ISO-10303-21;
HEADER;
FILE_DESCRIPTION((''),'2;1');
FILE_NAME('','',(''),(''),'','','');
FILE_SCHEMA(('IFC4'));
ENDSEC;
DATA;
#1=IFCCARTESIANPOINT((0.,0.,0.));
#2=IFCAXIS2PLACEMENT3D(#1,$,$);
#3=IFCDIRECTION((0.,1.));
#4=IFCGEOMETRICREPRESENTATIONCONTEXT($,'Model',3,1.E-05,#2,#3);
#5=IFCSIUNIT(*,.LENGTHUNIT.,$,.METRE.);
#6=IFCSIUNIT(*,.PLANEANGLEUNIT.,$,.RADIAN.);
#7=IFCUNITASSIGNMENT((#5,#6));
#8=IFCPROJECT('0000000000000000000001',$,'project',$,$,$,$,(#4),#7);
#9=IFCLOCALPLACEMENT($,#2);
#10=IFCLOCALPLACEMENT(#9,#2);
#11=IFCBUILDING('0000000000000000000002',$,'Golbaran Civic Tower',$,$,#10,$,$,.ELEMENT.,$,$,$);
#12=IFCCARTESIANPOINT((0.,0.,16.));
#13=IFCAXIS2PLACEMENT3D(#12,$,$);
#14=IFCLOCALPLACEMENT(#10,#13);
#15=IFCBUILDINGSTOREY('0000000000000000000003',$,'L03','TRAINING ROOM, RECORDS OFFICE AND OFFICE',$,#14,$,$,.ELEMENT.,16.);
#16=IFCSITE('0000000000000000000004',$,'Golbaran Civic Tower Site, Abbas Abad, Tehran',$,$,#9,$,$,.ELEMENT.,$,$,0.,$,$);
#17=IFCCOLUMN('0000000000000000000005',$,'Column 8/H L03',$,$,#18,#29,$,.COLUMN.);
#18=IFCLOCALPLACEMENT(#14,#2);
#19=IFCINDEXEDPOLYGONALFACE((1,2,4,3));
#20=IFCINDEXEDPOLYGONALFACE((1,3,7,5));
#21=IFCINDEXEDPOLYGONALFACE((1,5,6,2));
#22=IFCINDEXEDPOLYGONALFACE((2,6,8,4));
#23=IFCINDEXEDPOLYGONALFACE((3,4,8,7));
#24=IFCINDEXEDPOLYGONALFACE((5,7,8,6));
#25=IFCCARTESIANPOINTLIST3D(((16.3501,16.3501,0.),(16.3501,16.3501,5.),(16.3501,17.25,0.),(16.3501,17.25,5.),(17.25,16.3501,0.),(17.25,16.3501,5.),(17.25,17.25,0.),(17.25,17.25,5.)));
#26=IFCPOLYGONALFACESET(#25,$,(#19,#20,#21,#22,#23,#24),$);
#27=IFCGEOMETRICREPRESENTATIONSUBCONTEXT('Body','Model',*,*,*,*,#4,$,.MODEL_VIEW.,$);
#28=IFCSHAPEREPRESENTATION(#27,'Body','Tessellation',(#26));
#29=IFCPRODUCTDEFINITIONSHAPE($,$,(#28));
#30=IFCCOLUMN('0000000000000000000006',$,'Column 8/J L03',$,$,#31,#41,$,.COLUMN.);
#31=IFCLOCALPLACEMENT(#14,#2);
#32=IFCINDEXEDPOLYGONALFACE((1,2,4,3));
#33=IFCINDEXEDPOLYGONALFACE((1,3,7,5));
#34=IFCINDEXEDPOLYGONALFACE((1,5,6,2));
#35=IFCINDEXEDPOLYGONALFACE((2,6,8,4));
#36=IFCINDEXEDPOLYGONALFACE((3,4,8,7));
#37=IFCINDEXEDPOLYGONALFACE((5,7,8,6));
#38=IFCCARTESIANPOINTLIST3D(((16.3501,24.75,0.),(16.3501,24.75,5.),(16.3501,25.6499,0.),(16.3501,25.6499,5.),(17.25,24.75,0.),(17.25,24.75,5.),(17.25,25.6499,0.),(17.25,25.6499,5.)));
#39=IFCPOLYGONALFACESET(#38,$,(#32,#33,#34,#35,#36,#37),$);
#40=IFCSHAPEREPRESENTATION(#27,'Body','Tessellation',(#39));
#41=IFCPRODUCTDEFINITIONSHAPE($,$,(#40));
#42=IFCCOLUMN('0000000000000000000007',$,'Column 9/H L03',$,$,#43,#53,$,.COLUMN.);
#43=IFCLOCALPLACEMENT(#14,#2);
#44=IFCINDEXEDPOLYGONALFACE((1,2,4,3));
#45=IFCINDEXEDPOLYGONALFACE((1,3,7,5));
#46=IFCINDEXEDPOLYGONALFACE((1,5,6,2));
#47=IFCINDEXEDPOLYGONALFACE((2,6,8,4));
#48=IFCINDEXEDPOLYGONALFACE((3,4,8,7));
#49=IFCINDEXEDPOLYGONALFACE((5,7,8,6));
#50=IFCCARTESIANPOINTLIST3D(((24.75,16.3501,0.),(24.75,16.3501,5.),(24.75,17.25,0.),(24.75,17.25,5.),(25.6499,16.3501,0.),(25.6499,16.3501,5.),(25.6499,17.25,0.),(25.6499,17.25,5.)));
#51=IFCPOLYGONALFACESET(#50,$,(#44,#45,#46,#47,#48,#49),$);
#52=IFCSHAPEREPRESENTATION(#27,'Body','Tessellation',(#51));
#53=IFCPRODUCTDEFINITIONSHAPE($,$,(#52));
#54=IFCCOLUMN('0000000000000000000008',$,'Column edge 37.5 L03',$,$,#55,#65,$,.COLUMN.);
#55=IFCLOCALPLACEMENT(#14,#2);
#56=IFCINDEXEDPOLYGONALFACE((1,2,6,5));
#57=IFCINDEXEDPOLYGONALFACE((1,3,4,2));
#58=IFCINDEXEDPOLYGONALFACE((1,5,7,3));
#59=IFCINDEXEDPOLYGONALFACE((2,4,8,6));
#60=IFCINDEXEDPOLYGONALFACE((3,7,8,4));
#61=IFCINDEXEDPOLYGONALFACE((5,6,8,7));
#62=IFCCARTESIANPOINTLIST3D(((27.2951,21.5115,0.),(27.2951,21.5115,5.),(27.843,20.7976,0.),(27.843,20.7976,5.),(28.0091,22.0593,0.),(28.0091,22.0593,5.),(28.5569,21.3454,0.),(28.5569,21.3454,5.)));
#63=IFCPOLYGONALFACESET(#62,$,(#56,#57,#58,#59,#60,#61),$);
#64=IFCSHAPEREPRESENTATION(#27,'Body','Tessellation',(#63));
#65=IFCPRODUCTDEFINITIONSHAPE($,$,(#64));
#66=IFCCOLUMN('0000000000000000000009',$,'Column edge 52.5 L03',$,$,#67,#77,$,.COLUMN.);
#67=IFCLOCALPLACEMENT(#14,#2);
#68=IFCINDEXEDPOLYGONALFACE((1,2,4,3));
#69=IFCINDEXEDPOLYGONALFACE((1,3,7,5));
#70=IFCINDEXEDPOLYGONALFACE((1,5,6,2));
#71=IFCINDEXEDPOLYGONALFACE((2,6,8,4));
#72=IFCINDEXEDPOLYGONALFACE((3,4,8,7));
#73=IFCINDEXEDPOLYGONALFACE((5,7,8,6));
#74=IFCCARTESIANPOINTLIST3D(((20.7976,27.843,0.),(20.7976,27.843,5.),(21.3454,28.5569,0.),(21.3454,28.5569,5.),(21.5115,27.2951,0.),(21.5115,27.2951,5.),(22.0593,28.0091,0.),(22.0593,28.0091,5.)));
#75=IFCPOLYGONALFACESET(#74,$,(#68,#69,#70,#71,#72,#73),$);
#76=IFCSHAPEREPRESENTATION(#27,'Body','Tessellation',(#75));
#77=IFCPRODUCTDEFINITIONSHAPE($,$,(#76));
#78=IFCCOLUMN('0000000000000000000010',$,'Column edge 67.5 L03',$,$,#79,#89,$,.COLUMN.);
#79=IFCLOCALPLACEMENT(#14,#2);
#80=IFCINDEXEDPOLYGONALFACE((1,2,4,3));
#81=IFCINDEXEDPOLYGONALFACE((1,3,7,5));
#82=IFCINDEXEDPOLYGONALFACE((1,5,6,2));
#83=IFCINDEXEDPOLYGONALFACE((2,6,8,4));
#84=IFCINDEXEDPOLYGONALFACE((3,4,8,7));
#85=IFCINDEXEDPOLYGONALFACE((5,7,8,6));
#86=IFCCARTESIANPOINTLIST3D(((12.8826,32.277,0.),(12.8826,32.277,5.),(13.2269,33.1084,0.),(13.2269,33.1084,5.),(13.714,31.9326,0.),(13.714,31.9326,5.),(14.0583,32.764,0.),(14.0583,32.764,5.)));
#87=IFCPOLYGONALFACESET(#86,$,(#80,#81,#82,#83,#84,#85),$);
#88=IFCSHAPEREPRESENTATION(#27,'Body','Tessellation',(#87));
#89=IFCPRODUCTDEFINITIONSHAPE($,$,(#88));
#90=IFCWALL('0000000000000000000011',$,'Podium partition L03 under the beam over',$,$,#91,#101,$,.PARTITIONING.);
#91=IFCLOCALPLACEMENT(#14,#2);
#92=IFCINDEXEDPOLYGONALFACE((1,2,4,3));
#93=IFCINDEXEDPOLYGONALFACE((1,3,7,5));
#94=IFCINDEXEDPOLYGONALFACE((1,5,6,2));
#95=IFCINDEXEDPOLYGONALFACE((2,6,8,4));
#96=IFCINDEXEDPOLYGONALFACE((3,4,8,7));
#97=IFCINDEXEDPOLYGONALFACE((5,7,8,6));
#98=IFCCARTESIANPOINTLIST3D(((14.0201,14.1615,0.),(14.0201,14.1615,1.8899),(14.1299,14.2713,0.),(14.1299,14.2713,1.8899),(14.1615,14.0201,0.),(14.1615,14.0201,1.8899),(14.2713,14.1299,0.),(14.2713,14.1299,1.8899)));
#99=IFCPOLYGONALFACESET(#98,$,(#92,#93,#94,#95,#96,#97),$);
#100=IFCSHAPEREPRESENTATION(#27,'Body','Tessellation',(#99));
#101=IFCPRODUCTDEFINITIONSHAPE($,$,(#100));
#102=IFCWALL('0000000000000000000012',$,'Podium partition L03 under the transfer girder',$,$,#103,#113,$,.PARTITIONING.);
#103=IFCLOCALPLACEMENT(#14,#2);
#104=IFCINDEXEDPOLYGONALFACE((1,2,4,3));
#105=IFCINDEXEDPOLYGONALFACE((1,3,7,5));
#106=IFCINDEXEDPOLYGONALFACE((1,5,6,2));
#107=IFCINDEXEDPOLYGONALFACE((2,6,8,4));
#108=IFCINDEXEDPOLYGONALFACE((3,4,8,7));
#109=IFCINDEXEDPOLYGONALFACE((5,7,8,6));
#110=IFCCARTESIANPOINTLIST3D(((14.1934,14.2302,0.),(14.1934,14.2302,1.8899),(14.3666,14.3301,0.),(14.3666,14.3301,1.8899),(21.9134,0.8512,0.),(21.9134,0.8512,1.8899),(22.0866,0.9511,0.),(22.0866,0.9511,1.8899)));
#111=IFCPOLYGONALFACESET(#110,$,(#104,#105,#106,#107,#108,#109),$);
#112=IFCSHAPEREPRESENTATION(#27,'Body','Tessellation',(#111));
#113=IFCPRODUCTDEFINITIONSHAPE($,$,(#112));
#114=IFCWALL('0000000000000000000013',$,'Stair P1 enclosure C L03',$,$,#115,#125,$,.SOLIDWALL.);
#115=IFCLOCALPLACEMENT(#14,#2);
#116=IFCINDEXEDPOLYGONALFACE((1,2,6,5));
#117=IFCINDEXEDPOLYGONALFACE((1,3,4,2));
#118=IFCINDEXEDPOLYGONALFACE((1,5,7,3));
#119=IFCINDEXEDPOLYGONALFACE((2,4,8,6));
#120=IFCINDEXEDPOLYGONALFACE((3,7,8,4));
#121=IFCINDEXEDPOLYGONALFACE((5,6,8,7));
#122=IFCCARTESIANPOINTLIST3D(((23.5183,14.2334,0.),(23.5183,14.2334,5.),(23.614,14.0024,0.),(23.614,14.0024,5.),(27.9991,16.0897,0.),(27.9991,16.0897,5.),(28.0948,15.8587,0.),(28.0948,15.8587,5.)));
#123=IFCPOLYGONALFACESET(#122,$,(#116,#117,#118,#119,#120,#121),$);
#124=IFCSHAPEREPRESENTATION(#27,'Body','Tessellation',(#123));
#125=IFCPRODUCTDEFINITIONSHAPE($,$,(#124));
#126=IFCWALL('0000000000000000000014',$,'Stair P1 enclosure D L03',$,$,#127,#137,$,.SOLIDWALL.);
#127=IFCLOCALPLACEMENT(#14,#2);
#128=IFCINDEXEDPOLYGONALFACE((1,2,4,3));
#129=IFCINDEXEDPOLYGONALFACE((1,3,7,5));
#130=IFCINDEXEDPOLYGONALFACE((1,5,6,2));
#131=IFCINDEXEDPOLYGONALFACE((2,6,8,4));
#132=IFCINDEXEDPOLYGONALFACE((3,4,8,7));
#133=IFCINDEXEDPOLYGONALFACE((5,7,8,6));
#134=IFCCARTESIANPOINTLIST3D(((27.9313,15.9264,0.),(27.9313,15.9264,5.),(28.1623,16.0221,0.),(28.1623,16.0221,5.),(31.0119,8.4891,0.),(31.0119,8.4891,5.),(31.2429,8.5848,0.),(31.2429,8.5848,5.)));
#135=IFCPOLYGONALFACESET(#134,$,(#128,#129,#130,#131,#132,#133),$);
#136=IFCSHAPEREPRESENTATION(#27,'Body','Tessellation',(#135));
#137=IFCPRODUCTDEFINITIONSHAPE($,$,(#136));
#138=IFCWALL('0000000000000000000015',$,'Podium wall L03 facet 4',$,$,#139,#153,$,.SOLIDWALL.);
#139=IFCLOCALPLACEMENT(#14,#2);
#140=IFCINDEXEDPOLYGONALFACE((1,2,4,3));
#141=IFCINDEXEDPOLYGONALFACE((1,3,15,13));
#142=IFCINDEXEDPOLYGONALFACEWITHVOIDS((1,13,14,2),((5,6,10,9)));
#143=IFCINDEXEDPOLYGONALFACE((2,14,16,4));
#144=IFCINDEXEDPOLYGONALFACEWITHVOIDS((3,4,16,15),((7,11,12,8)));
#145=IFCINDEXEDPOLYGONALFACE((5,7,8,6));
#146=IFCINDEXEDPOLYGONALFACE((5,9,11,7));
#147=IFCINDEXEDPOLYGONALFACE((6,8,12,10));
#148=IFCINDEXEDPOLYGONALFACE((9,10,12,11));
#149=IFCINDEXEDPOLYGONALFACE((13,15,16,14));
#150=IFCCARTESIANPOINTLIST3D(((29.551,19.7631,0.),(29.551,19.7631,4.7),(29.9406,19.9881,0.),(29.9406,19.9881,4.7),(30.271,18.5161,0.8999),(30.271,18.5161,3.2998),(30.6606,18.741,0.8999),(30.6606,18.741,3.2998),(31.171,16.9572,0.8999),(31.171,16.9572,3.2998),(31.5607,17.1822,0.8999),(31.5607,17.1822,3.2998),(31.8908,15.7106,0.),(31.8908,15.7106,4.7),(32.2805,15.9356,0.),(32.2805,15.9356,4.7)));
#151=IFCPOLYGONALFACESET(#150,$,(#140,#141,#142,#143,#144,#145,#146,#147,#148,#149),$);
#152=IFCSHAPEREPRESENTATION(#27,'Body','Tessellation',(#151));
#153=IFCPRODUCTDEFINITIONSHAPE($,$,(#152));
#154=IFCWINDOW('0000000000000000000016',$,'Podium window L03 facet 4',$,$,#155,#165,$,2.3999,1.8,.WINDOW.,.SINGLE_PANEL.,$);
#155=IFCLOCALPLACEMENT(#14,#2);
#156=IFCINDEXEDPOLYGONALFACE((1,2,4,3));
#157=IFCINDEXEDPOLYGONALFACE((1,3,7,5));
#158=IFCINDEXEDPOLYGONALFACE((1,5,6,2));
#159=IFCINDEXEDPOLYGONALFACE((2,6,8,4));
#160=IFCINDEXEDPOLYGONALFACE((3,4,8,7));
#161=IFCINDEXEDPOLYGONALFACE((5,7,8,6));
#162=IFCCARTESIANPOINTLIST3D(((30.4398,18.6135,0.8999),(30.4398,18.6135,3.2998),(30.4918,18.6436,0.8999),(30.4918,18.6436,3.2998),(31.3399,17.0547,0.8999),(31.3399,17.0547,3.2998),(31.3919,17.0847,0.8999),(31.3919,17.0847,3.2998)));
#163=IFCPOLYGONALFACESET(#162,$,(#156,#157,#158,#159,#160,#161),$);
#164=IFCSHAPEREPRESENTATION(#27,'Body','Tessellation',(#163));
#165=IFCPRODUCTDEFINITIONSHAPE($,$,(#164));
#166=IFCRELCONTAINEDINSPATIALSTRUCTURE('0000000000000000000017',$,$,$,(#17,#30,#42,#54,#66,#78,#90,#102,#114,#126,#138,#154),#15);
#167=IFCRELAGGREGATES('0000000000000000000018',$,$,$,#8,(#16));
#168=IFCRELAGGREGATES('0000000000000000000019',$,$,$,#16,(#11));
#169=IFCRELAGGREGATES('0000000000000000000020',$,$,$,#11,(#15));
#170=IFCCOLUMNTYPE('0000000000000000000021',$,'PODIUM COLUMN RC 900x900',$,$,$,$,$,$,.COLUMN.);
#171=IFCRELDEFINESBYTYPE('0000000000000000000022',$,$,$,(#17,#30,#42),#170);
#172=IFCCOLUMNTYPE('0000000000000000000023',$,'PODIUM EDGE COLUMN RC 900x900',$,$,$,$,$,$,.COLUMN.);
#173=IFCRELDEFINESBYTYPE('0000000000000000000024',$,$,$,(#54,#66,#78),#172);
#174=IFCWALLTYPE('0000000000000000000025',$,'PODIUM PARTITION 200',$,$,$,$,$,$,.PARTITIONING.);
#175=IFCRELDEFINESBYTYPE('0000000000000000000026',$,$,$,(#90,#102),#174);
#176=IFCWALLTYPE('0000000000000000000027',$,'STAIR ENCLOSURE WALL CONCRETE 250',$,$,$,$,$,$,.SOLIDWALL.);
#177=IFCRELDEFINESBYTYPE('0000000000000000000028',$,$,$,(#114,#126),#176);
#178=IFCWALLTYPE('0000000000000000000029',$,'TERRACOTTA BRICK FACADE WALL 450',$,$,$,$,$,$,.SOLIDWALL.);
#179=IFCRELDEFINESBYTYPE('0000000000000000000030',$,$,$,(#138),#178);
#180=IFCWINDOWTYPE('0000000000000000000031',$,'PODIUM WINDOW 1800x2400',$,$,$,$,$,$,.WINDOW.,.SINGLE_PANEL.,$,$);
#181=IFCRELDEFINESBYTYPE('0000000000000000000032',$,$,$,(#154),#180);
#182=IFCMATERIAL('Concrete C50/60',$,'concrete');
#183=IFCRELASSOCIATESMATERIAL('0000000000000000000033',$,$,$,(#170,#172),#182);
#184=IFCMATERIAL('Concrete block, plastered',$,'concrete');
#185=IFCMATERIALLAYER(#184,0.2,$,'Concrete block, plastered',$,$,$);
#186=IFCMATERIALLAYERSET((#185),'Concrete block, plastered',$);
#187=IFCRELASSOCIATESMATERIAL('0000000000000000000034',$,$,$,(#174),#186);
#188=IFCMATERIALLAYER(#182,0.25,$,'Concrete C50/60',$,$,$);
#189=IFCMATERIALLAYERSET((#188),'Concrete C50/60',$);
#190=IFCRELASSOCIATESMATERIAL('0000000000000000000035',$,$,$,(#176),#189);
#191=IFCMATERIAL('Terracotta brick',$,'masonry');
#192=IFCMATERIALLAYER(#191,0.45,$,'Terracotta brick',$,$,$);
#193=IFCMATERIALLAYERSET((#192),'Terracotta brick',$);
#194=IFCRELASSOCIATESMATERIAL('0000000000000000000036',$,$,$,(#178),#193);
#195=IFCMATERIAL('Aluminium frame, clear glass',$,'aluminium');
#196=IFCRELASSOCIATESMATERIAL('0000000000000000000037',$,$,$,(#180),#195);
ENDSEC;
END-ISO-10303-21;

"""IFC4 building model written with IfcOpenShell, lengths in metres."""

from ifc_helpers import new_model, si_unit, direction, frame, frame_2d, origin, origin_2d, place, context, subcontext, project, spatial, rectangle, extrude, material, layer, layer_set, material_profile, profile_set, type_object, element, fill, save


model = new_model("IFC4")

# Units and contexts
model_context = context("Model", 3, precision=1e-05, world=origin(), true_north=direction((0.0, 1.0)))
body_context = subcontext(model_context, "Body", "Model", "MODEL_VIEW")
ifc_project = project(units=[si_unit("LENGTHUNIT", "METRE"), si_unit("PLANEANGLEUNIT", "RADIAN")], contexts=[model_context])

# Site, building, storey
site_placement = place(None, origin())
site = spatial("IfcSite", under=ifc_project, at=site_placement, Name="Golbaran Civic Tower Site, Abbas Abad, Tehran", CompositionType="ELEMENT", RefElevation=0.0)
building_placement = place(site_placement, origin())
building = spatial("IfcBuilding", under=site, at=building_placement, Name="Golbaran Civic Tower", CompositionType="ELEMENT")
storey_placement = place(building_placement, frame((0.0, 0.0, 16.0)))
storey = spatial("IfcBuildingStorey", under=building, at=storey_placement, Name="L03", Description="TRAINING ROOM, RECORDS OFFICE AND OFFICE", CompositionType="ELEMENT", Elevation=16.0)

# Columns
ifc_material_1 = material(Name="Concrete C50/60", Category="concrete")
ifc_material_profile_1 = material_profile(ifc_material_1, rectangle(XDim=0.8999, YDim=0.8999, at=origin_2d()), Name="RC 900x900")
ifc_profile_set_1 = profile_set([ifc_material_profile_1], Name="Concrete C50/60")
column_type_1 = type_object("IfcColumnType", Name="PODIUM COLUMN RC 900x900", PredefinedType="COLUMN", material=ifc_profile_set_1)
for number, where, z_axis, x_axis, name in (
    (1, (16.8, 16.8, 0.0), (0.0, 0.0, 1.0), (1.0, 0.0, 0.0), "Column 8/H L03"),
    (2, (16.8, 25.2, 0.0), (0.0, 0.0, 1.0), (1.0, 0.0, 0.0), "Column 8/J L03"),
    (3, (25.2, 16.8, 0.0), (0.0, 0.0, 1.0), (1.0, 0.0, 0.0), "Column 9/H L03"),
):
    element("IfcColumn", number, at=place(storey_placement, frame(where, z_axis=z_axis, x_axis=x_axis)), inside=storey, type_object=column_type_1, Name=name, PredefinedType="COLUMN", context=body_context, shape_type="SweptSolid", body=[
        extrude(rectangle(XDim=0.8999, YDim=0.8999, at=origin_2d()), origin(), (0.0, 0.0, 1.0), 5.0),
    ])
ifc_material_profile_2 = material_profile(ifc_material_1, rectangle(XDim=0.8999, YDim=0.8999, at=origin_2d()), Name="RC 900x900")
ifc_profile_set_2 = profile_set([ifc_material_profile_2], Name="Concrete C50/60")
column_type_2 = type_object("IfcColumnType", Name="PODIUM EDGE COLUMN RC 900x900", PredefinedType="COLUMN", material=ifc_profile_set_2)
for number, where, z_axis, x_axis, name in (
    (4, (27.926, 21.4285, 0.0), (0.0, 0.0, 1.0), (0.793353, 0.608761, 0.0), "Column edge 37.5 L03"),
    (5, (21.4285, 27.926, 0.0), (0.0, 0.0, 1.0), (0.608761, 0.793353, 0.0), "Column edge 52.5 L03"),
    (6, (13.4705, 32.5205, 0.0), (0.0, 0.0, 1.0), (0.382683, 0.92388, 0.0), "Column edge 67.5 L03"),
):
    element("IfcColumn", number, at=place(storey_placement, frame(where, z_axis=z_axis, x_axis=x_axis)), inside=storey, type_object=column_type_2, Name=name, PredefinedType="COLUMN", context=body_context, shape_type="SweptSolid", body=[
        extrude(rectangle(XDim=0.8999, YDim=0.8999, at=origin_2d()), origin(), (0.0, 0.0, 1.0), 5.0),
    ])

# Walls
ifc_material_2 = material(Name="Concrete block, plastered", Category="concrete")
ifc_layer_1 = layer(ifc_material_2, 0.2, Name="Concrete block, plastered")
ifc_layer_set_1 = layer_set([ifc_layer_1], Name="Concrete block, plastered")
wall_type_1 = type_object("IfcWallType", Name="PODIUM PARTITION 200", PredefinedType="PARTITIONING", material=ifc_layer_set_1)
wall_1_placement = place(storey_placement, frame((14.0908, 14.0908, 0.0), z_axis=(0.0, 0.0, 1.0), x_axis=(0.707107, 0.707107, 0.0)))
element("IfcWall", 7, at=wall_1_placement, inside=storey, type_object=wall_type_1, Name="Podium partition L03 under the beam over", PredefinedType="PARTITIONING", context=body_context, shape_type="SweptSolid", body=[
    extrude(rectangle(XDim=0.1553, YDim=0.2, at=frame_2d((0.0776, 0.0))), origin(), (0.0, 0.0, 1.0), 1.8899),
])
wall_2_placement = place(storey_placement, frame((14.28, 14.28, 0.0), z_axis=(0.0, 0.0, 1.0), x_axis=(0.499789, -0.866147, 0.0)))
element("IfcWall", 8, at=wall_2_placement, inside=storey, type_object=wall_type_1, Name="Podium partition L03 under the transfer girder", PredefinedType="PARTITIONING", context=body_context, shape_type="SweptSolid", body=[
    extrude(rectangle(XDim=15.4465, YDim=0.2, at=frame_2d((7.7231, 0.0))), origin(), (0.0, 0.0, 1.0), 1.8899),
])
ifc_layer_2 = layer(ifc_material_1, 0.25, Name="Concrete C50/60")
ifc_layer_set_2 = layer_set([ifc_layer_2], Name="Concrete C50/60")
wall_type_2 = type_object("IfcWallType", Name="STAIR ENCLOSURE WALL CONCRETE 250", PredefinedType="SOLIDWALL", material=ifc_layer_set_2)
wall_3_placement = place(storey_placement, frame((23.5662, 14.1179, 0.0), z_axis=(0.0, 0.0, 1.0), x_axis=(0.923863, 0.382724, 0.0)))
element("IfcWall", 9, at=wall_3_placement, inside=storey, type_object=wall_type_2, Name="Stair P1 enclosure C L03", PredefinedType="SOLIDWALL", context=body_context, shape_type="SweptSolid", body=[
    extrude(rectangle(XDim=4.8501, YDim=0.25, at=frame_2d((2.425, 0.0))), origin(), (0.0, 0.0, 1.0), 5.0),
])
wall_4_placement = place(storey_placement, frame((28.0469, 15.9741, 0.0), z_axis=(0.0, 0.0, 1.0), x_axis=(0.382679, -0.923882, 0.0)))
element("IfcWall", 10, at=wall_4_placement, inside=storey, type_object=wall_type_2, Name="Stair P1 enclosure D L03", PredefinedType="SOLIDWALL", context=body_context, shape_type="SweptSolid", body=[
    extrude(rectangle(XDim=8.05, YDim=0.25, at=frame_2d((4.0249, 0.0))), origin(), (0.0, 0.0, 1.0), 5.0),
])

# Wall, opening, window
ifc_material_3 = material(Name="Terracotta brick", Category="masonry")
ifc_layer_3 = layer(ifc_material_3, 0.45, Name="Terracotta brick")
ifc_layer_set_3 = layer_set([ifc_layer_3], Name="Terracotta brick")
wall_type_3 = type_object("IfcWallType", Name="TERRACOTTA BRICK FACADE WALL 450", PredefinedType="SOLIDWALL", material=ifc_layer_set_3)
wall_5_placement = place(storey_placement, frame((32.0857, 15.823, 0.0), z_axis=(0.0, 0.0, 1.0), x_axis=(-0.500022, 0.866013, 0.0)))
wall_5 = element("IfcWall", 11, at=wall_5_placement, inside=storey, type_object=wall_type_3, Name="Podium wall L03 facet 4", PredefinedType="SOLIDWALL", context=body_context, shape_type="SweptSolid", body=[
    extrude(rectangle(XDim=4.6794, YDim=0.45, at=frame_2d((2.3398, 0.0))), origin(), (0.0, 0.0, 1.0), 4.7),
])
opening_1_placement = place(wall_5_placement, frame((1.4397, 0.0, 0.8999)))
opening_1 = element("IfcOpeningElement", 12, at=opening_1_placement, cuts=wall_5, PredefinedType="OPENING", context=body_context, shape_type="SweptSolid", body=[
    extrude(rectangle(XDim=1.8, YDim=2.3999, at=frame_2d((0.8999, 1.2))), frame((0.0, 0.2349, 0.0), z_axis=(0.0, -1.0, 0.0), x_axis=(1.0, 0.0, 0.0)), (0.0, 0.0, 1.0), 0.47),
])
ifc_material_4 = material(Name="Aluminium frame, clear glass", Category="aluminium")
window_type_1 = type_object("IfcWindowType", Name="PODIUM WINDOW 1800x2400", PartitioningType="SINGLE_PANEL", PredefinedType="WINDOW", material=ifc_material_4)
window_1_placement = place(opening_1_placement, origin())
window_1 = element("IfcWindow", 13, at=window_1_placement, inside=storey, type_object=window_type_1, Name="Podium window L03 facet 4", OverallHeight=2.3999, OverallWidth=1.8, PartitioningType="SINGLE_PANEL", PredefinedType="WINDOW", context=body_context, shape_type="SweptSolid", body=[
    extrude(rectangle(XDim=1.8, YDim=2.3999, at=frame_2d((0.8999, 1.2))), frame((0.0, 0.03, 0.0), z_axis=(0.0, -1.0, 0.0), x_axis=(1.0, 0.0, 0.0)), (0.0, 0.0, 1.0), 0.0601),
])
fill(opening_1, window_1)

save(model, "model.ifc")
